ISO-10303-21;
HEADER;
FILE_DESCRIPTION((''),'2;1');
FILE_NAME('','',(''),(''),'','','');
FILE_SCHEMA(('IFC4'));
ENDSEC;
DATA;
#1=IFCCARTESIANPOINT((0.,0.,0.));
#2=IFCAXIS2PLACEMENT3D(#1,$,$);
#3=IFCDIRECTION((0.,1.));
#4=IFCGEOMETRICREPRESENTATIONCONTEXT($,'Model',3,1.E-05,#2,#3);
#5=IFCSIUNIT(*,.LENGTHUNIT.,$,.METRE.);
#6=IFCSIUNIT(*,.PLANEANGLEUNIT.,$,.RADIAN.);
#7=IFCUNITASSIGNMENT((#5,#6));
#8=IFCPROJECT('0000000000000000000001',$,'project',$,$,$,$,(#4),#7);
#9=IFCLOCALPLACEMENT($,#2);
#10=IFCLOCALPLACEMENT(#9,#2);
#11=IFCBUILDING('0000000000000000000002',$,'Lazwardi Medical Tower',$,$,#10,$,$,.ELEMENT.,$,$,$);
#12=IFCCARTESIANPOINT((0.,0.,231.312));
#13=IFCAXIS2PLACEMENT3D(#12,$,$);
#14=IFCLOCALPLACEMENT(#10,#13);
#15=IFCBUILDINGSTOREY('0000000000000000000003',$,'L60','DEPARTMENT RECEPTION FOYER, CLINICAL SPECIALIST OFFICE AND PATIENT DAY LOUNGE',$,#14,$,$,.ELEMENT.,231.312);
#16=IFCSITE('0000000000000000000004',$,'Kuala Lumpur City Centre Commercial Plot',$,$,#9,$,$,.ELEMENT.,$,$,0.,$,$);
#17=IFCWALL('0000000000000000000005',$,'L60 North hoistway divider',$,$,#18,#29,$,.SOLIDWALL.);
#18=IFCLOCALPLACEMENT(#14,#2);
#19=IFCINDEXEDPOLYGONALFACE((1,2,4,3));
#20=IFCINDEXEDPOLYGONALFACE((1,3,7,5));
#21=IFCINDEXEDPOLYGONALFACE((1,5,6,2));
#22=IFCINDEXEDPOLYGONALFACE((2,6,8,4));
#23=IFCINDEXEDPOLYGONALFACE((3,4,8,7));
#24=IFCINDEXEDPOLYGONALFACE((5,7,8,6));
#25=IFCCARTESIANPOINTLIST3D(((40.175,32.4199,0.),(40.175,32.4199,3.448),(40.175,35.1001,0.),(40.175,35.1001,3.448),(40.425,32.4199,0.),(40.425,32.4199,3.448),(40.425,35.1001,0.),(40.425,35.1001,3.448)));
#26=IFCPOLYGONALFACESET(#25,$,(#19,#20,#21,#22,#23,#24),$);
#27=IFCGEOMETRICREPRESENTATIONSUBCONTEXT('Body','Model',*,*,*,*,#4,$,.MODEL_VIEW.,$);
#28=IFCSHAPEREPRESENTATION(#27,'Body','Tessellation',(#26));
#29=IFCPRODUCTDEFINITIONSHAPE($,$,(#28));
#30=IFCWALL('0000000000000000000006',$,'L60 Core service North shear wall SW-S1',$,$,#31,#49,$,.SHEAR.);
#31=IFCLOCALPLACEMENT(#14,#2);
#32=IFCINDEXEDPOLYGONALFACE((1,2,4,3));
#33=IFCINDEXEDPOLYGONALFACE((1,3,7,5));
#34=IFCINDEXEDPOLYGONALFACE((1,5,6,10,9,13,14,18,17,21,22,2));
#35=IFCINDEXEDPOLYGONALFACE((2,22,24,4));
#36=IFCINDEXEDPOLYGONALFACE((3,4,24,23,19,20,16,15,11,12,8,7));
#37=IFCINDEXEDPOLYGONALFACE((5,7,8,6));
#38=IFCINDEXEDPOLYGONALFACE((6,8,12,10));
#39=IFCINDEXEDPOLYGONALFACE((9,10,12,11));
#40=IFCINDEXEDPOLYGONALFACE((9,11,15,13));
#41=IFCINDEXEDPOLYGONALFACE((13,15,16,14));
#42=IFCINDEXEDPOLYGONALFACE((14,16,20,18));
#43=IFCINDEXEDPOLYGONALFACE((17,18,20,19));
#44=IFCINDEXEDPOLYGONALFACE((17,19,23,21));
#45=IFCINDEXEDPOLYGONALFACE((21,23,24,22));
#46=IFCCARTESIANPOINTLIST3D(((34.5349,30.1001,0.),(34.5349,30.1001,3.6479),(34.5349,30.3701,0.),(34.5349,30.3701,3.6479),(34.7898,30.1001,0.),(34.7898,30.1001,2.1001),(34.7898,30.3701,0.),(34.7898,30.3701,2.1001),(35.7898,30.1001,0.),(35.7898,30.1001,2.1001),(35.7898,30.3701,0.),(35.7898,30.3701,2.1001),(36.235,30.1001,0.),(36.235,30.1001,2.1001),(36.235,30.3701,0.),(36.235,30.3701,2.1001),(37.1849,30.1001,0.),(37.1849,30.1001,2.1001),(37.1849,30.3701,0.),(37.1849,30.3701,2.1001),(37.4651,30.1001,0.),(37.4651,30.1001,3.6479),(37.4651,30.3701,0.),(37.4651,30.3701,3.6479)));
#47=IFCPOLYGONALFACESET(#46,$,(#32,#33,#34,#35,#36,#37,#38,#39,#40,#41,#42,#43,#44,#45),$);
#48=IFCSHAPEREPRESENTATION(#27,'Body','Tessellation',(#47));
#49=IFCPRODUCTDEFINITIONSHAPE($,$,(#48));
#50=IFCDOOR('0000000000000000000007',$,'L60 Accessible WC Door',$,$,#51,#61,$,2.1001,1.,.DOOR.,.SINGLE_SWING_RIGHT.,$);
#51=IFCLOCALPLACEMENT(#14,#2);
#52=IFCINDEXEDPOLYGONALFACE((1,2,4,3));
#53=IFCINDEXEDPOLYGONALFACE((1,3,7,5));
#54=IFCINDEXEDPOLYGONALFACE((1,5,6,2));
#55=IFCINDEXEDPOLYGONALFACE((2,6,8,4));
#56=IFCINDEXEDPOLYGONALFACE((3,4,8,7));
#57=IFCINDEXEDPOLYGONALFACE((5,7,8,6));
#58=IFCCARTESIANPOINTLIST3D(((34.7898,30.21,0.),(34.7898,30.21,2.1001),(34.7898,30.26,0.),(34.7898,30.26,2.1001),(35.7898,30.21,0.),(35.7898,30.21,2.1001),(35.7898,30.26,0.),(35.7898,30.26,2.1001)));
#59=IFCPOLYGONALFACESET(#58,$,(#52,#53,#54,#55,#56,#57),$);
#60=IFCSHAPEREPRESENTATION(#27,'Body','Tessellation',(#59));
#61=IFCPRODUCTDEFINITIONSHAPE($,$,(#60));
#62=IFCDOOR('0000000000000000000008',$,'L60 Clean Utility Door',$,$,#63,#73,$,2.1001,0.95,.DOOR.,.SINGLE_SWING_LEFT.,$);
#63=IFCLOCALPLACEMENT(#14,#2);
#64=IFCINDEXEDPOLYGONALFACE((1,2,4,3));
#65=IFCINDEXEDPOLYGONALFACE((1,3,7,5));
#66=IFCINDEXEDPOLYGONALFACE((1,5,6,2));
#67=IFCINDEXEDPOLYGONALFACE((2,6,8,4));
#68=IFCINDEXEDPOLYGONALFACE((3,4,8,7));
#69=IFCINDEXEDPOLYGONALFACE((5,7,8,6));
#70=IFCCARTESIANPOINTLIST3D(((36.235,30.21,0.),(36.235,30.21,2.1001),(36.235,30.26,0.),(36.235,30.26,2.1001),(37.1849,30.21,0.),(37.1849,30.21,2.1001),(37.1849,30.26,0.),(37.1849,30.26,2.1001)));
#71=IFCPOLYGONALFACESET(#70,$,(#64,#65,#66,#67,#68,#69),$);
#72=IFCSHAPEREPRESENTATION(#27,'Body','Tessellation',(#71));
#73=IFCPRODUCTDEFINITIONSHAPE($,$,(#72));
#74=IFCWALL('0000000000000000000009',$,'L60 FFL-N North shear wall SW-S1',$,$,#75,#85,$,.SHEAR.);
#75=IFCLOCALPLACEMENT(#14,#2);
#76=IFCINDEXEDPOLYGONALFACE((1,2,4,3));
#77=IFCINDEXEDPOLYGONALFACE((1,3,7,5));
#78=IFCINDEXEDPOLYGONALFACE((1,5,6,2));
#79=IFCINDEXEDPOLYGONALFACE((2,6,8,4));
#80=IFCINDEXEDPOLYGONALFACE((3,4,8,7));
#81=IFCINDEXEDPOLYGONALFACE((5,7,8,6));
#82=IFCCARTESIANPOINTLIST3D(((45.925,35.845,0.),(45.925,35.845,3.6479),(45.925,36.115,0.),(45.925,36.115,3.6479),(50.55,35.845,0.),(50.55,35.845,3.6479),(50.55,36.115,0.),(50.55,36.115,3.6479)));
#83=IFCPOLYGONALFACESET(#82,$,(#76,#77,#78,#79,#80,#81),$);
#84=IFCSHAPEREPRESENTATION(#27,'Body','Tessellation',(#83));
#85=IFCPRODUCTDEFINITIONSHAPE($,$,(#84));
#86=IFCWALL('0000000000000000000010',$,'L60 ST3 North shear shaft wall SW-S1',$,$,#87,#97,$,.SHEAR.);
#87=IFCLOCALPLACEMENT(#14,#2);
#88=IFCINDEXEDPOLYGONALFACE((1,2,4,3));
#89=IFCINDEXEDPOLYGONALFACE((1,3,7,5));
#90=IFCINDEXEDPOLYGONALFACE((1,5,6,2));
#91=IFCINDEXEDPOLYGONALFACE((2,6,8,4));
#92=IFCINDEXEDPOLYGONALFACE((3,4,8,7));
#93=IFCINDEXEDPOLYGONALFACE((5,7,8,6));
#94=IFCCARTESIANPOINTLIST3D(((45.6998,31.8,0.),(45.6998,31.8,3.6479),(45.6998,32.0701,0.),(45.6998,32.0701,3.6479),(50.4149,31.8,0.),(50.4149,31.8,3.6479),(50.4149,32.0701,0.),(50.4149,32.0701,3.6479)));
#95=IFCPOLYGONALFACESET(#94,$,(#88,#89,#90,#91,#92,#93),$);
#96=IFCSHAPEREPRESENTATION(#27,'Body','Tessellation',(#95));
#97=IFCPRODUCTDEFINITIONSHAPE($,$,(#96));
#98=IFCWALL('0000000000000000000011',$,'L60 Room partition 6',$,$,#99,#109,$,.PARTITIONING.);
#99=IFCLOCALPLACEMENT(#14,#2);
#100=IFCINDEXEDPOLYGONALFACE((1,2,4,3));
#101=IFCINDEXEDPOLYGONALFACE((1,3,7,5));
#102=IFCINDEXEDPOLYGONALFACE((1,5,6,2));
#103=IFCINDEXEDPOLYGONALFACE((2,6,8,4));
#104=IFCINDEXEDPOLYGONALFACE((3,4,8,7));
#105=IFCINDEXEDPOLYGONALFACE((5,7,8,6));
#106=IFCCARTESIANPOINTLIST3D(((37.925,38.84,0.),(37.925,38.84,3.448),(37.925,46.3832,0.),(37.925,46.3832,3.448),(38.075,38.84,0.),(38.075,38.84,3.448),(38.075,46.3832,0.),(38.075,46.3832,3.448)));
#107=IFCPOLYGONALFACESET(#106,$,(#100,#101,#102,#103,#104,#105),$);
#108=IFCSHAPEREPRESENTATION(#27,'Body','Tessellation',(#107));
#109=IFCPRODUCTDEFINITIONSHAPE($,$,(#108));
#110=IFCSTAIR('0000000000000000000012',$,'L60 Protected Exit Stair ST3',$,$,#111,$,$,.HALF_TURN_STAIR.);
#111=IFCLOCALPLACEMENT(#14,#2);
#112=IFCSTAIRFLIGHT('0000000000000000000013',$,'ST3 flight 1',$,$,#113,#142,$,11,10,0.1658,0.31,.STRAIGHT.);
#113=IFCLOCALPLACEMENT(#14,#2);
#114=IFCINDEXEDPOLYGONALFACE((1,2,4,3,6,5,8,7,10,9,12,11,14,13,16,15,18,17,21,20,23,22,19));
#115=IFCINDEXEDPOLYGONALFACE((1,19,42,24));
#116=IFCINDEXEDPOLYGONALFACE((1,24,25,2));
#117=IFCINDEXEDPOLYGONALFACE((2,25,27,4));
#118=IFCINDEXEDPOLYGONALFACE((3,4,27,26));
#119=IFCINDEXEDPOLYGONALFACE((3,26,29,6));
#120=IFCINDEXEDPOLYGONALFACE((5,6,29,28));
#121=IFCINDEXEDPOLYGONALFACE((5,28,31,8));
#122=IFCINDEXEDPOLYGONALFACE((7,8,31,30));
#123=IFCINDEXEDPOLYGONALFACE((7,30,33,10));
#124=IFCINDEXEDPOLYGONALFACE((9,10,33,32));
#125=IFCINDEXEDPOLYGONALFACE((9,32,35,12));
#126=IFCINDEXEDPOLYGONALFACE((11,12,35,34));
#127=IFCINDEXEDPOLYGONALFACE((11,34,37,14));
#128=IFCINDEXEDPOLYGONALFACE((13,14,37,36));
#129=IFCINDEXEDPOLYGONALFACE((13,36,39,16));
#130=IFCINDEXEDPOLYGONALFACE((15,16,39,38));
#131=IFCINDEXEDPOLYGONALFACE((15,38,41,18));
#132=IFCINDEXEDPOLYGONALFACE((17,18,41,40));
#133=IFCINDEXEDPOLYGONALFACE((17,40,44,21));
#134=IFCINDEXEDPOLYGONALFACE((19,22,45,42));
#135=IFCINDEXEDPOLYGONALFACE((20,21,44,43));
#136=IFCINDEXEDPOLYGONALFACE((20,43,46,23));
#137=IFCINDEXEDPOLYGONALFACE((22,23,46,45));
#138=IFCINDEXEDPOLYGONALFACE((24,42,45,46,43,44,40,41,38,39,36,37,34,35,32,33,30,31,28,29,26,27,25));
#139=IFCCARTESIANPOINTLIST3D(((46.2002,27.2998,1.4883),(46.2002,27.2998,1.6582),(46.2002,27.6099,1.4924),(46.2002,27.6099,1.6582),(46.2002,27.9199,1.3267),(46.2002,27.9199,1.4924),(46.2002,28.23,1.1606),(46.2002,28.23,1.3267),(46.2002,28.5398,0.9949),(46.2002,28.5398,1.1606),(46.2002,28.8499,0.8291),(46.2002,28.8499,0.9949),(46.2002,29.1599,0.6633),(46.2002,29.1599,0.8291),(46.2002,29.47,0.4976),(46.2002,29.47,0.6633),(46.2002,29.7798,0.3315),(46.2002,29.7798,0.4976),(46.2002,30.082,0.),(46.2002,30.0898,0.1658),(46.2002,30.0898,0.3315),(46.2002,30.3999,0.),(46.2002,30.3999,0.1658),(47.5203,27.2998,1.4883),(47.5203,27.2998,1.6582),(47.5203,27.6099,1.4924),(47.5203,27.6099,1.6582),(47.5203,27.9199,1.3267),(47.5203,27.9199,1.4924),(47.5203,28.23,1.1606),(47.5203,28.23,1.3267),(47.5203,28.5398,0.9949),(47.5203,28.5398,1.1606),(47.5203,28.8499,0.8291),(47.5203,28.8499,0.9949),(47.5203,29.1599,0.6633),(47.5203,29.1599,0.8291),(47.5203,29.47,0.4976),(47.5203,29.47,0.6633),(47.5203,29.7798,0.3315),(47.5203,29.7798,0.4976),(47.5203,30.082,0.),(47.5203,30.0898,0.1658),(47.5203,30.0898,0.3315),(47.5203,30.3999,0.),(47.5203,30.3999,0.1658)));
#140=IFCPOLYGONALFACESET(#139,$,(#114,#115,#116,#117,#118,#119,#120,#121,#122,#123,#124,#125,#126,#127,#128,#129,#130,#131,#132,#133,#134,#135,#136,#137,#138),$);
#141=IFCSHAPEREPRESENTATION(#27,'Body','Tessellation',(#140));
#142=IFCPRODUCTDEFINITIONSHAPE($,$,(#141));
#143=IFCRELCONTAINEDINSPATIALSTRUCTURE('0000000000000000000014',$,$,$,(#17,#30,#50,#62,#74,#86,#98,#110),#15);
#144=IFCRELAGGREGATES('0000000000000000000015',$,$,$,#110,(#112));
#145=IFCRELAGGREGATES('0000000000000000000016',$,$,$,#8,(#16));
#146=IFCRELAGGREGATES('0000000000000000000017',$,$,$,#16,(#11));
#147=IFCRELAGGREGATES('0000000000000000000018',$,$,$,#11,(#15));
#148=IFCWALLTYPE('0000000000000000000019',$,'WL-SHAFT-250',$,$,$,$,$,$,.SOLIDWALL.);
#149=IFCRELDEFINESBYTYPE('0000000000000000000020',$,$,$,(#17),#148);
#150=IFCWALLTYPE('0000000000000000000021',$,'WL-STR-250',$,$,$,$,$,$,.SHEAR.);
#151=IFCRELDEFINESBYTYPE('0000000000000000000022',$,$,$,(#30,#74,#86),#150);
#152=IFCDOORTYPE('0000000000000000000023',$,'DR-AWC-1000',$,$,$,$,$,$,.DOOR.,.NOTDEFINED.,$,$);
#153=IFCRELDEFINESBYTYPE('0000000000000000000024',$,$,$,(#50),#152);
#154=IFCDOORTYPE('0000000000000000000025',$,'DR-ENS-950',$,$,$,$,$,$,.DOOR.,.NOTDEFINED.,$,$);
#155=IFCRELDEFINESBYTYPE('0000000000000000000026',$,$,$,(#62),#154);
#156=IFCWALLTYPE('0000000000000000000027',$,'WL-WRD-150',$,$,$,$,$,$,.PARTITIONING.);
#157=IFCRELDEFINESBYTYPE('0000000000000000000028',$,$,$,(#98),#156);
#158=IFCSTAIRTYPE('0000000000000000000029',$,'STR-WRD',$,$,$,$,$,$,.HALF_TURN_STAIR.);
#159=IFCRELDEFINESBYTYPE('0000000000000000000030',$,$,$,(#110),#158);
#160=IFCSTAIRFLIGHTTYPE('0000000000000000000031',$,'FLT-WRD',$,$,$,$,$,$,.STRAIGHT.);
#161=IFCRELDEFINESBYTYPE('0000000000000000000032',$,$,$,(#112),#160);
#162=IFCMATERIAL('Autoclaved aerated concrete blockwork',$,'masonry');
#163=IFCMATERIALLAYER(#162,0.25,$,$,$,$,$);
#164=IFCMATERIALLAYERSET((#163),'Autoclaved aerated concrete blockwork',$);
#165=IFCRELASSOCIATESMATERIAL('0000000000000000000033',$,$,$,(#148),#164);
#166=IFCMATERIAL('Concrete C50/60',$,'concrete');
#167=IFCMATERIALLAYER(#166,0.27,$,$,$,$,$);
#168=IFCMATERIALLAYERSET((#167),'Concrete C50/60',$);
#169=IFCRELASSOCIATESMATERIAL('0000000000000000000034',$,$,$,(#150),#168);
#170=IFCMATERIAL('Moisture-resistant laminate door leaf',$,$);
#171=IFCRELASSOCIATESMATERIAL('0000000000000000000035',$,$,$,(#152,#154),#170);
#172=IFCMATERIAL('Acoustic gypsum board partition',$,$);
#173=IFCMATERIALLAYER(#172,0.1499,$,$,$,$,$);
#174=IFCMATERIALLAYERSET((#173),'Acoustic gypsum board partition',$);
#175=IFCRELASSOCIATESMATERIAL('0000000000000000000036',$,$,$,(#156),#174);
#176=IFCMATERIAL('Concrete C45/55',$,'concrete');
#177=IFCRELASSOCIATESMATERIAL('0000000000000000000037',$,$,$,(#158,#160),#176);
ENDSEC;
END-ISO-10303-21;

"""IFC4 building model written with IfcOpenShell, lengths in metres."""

from ifc_helpers import new_model, si_unit, direction, frame, frame_2d, origin, place, context, subcontext, project, spatial, polyline, rectangle, outline, extrude, material, layer, layer_set, type_object, element, fill, aggregate, save


model = new_model("IFC4")

# Units and contexts
model_context = context("Model", 3, precision=1e-05, world=origin(), true_north=direction((0.0, 1.0)))
body_context = subcontext(model_context, "Body", "Model", "MODEL_VIEW")
ifc_project = project(units=[si_unit("LENGTHUNIT", "METRE"), si_unit("PLANEANGLEUNIT", "RADIAN")], contexts=[model_context])

# Site, building, storey
site_placement = place(None, origin())
site = spatial("IfcSite", under=ifc_project, at=site_placement, Name="Kuala Lumpur City Centre Commercial Plot", CompositionType="ELEMENT", RefElevation=0.0)
building_placement = place(site_placement, origin())
building = spatial("IfcBuilding", under=site, at=building_placement, Name="Lazwardi Medical Tower", CompositionType="ELEMENT")
storey_placement = place(building_placement, frame((0.0, 0.0, 231.312)))
storey = spatial("IfcBuildingStorey", under=building, at=storey_placement, Name="L60", Description="DEPARTMENT RECEPTION FOYER, CLINICAL SPECIALIST OFFICE AND PATIENT DAY LOUNGE", CompositionType="ELEMENT", Elevation=231.312)

# Wall
ifc_material_1 = material(Name="Autoclaved aerated concrete blockwork", Category="masonry")
ifc_layer_1 = layer(ifc_material_1, 0.25)
ifc_layer_set_1 = layer_set([ifc_layer_1], Name="Autoclaved aerated concrete blockwork")
wall_type_1 = type_object("IfcWallType", Name="WL-SHAFT-250", PredefinedType="SOLIDWALL", material=ifc_layer_set_1)
for number, where, z_axis, x_axis, name in (
    (1, (40.3, 32.4199, 0.0), (0.0, 0.0, 1.0), (0.0, 1.0, 0.0), "L60 North hoistway divider"),
):
    element("IfcWall", number, at=place(storey_placement, frame(where, z_axis=z_axis, x_axis=x_axis)), inside=storey, type_object=wall_type_1, Name=name, PredefinedType="SOLIDWALL", context=body_context, shape_type="SweptSolid", body=[
        extrude(rectangle(XDim=2.6802, YDim=0.25, at=frame_2d((1.3401, 0.0))), origin(), (0.0, 0.0, 1.0), 3.448),
    ])

# Wall, openings, doors
ifc_material_2 = material(Name="Concrete C50/60", Category="concrete")
ifc_layer_2 = layer(ifc_material_2, 0.27)
ifc_layer_set_2 = layer_set([ifc_layer_2], Name="Concrete C50/60")
wall_type_2 = type_object("IfcWallType", Name="WL-STR-250", PredefinedType="SHEAR", material=ifc_layer_set_2)
wall_1_placement = place(storey_placement, frame((34.5349, 30.2351, 0.0), z_axis=(0.0, 0.0, 1.0), x_axis=(1.0, 0.0, 0.0)))
wall_1 = element("IfcWall", 2, at=wall_1_placement, inside=storey, type_object=wall_type_2, Name="L60 Core service North shear wall SW-S1", PredefinedType="SHEAR", context=body_context, shape_type="SweptSolid", body=[
    extrude(rectangle(XDim=2.9302, YDim=0.27, at=frame_2d((1.4651, 0.0))), origin(), (0.0, 0.0, 1.0), 3.6479),
])
opening_1_placement = place(wall_1_placement, frame((0.2549, 0.0, 0.0)))
opening_1 = element("IfcOpeningElement", 3, at=opening_1_placement, cuts=wall_1, PredefinedType="OPENING", context=body_context, shape_type="SweptSolid", body=[
    extrude(rectangle(XDim=1.0, YDim=2.1001, at=frame_2d((0.5, 1.05))), frame((0.0, 0.145, 0.0), z_axis=(0.0, -1.0, 0.0), x_axis=(1.0, 0.0, 0.0)), (0.0, 0.0, 1.0), 0.29),
])
opening_2_placement = place(wall_1_placement, frame((1.7, 0.0, 0.0)))
opening_2 = element("IfcOpeningElement", 4, at=opening_2_placement, cuts=wall_1, PredefinedType="OPENING", context=body_context, shape_type="SweptSolid", body=[
    extrude(rectangle(XDim=0.95, YDim=2.1001, at=frame_2d((0.4751, 1.05))), frame((0.0, 0.145, 0.0), z_axis=(0.0, -1.0, 0.0), x_axis=(1.0, 0.0, 0.0)), (0.0, 0.0, 1.0), 0.29),
])
ifc_material_3 = material(Name="Moisture-resistant laminate door leaf")
door_type_1 = type_object("IfcDoorType", Name="DR-AWC-1000", OperationType="NOTDEFINED", PredefinedType="DOOR", material=ifc_material_3)
door_1_placement = place(opening_1_placement, origin())
door_1 = element("IfcDoor", 5, at=door_1_placement, inside=storey, type_object=door_type_1, Name="L60 Accessible WC Door", OperationType="SINGLE_SWING_RIGHT", OverallHeight=2.1001, OverallWidth=1.0, PredefinedType="DOOR", context=body_context, shape_type="SweptSolid", body=[
    extrude(rectangle(XDim=1.0, YDim=2.1001, at=frame_2d((0.5, 1.05))), frame((0.0, 0.0249, 0.0), z_axis=(0.0, -1.0, 0.0), x_axis=(1.0, 0.0, 0.0)), (0.0, 0.0, 1.0), 0.05),
])
fill(opening_1, door_1)
door_type_2 = type_object("IfcDoorType", Name="DR-ENS-950", OperationType="NOTDEFINED", PredefinedType="DOOR", material=ifc_material_3)
door_2_placement = place(opening_2_placement, origin())
door_2 = element("IfcDoor", 6, at=door_2_placement, inside=storey, type_object=door_type_2, Name="L60 Clean Utility Door", OperationType="SINGLE_SWING_LEFT", OverallHeight=2.1001, OverallWidth=0.95, PredefinedType="DOOR", context=body_context, shape_type="SweptSolid", body=[
    extrude(rectangle(XDim=0.95, YDim=2.1001, at=frame_2d((0.4751, 1.05))), frame((0.0, 0.0249, 0.0), z_axis=(0.0, -1.0, 0.0), x_axis=(1.0, 0.0, 0.0)), (0.0, 0.0, 1.0), 0.05),
])
fill(opening_2, door_2)

# Walls
wall_2_placement = place(storey_placement, frame((45.925, 35.98, 0.0), z_axis=(0.0, 0.0, 1.0), x_axis=(1.0, 0.0, 0.0)))
element("IfcWall", 7, at=wall_2_placement, inside=storey, type_object=wall_type_2, Name="L60 FFL-N North shear wall SW-S1", PredefinedType="SHEAR", context=body_context, shape_type="SweptSolid", body=[
    extrude(rectangle(XDim=4.625, YDim=0.27, at=frame_2d((2.3125, 0.0))), origin(), (0.0, 0.0, 1.0), 3.6479),
])
wall_3_placement = place(storey_placement, frame((45.7, 31.9351, 0.0), z_axis=(0.0, 0.0, 1.0), x_axis=(1.0, 0.0, 0.0)))
element("IfcWall", 8, at=wall_3_placement, inside=storey, type_object=wall_type_2, Name="L60 ST3 North shear shaft wall SW-S1", PredefinedType="SHEAR", context=body_context, shape_type="SweptSolid", body=[
    extrude(rectangle(XDim=4.7151, YDim=0.27, at=frame_2d((2.3574, 0.0))), origin(), (0.0, 0.0, 1.0), 3.6479),
])
ifc_material_4 = material(Name="Acoustic gypsum board partition")
ifc_layer_3 = layer(ifc_material_4, 0.1499)
ifc_layer_set_3 = layer_set([ifc_layer_3], Name="Acoustic gypsum board partition")
wall_type_3 = type_object("IfcWallType", Name="WL-WRD-150", PredefinedType="PARTITIONING", material=ifc_layer_set_3)
wall_4_placement = place(storey_placement, frame((38.0, 38.8401, 0.0), z_axis=(0.0, 0.0, 1.0), x_axis=(0.0, 1.0, 0.0)))
element("IfcWall", 9, at=wall_4_placement, inside=storey, type_object=wall_type_3, Name="L60 Room partition 6", PredefinedType="PARTITIONING", context=body_context, shape_type="SweptSolid", body=[
    extrude(rectangle(XDim=7.5432, YDim=0.1499, at=frame_2d((3.7715, 0.0))), origin(), (0.0, 0.0, 1.0), 3.448),
])

# Stair, stair flight
ifc_material_5 = material(Name="Concrete C45/55", Category="concrete")
stair_type = type_object("IfcStairType", Name="STR-WRD", PredefinedType="HALF_TURN_STAIR", material=ifc_material_5)
stair_placement = place(storey_placement, origin())
stair = element("IfcStair", 10, at=stair_placement, inside=storey, type_object=stair_type, Name="L60 Protected Exit Stair ST3", PredefinedType="HALF_TURN_STAIR")
stair_flight_type = type_object("IfcStairFlightType", Name="FLT-WRD", PredefinedType="STRAIGHT", material=ifc_material_5)
stair_flight_placement = place(storey_placement, frame((46.8601, 30.3999, 0.0), z_axis=(0.0, 0.0, 1.0), x_axis=(0.0, -1.0, 0.0)))
stair_flight = element("IfcStairFlight", 11, at=stair_flight_placement, type_object=stair_flight_type, Name="ST3 flight 1", NumberOfRisers=11, NumberOfTreads=10, PredefinedType="STRAIGHT", RiserHeight=0.1658, TreadLength=0.31, context=body_context, shape_type="SweptSolid", body=[
    extrude(outline(polyline([(0.0, 0.0), (0.0, 0.1658), (0.3101, 0.1658), (0.3101, 0.3315), (0.6201, 0.3315), (0.6201, 0.4976), (0.9299, 0.4976), (0.9299, 0.6633), (1.24, 0.6633), (1.24, 0.8291), (1.55, 0.8291), (1.55, 0.9949), (1.8601, 0.9949), (1.8601, 1.1606), (2.1699, 1.1606), (2.1699, 1.3267), (2.48, 1.3267), (2.48, 1.4924), (2.79, 1.4924), (2.79, 1.6582), (3.1001, 1.6582), (3.1001, 1.824), (3.1001, 1.4883), (0.3179, 0.0), (0.0, 0.0)])), frame((0.0, 0.6602, 0.0), z_axis=(0.0, -1.0, 0.0), x_axis=(1.0, 0.0, 0.0)), (0.0, 0.0, 1.0), 1.3201),
])
aggregate(stair, [stair_flight])

save(model, "model.ifc")
